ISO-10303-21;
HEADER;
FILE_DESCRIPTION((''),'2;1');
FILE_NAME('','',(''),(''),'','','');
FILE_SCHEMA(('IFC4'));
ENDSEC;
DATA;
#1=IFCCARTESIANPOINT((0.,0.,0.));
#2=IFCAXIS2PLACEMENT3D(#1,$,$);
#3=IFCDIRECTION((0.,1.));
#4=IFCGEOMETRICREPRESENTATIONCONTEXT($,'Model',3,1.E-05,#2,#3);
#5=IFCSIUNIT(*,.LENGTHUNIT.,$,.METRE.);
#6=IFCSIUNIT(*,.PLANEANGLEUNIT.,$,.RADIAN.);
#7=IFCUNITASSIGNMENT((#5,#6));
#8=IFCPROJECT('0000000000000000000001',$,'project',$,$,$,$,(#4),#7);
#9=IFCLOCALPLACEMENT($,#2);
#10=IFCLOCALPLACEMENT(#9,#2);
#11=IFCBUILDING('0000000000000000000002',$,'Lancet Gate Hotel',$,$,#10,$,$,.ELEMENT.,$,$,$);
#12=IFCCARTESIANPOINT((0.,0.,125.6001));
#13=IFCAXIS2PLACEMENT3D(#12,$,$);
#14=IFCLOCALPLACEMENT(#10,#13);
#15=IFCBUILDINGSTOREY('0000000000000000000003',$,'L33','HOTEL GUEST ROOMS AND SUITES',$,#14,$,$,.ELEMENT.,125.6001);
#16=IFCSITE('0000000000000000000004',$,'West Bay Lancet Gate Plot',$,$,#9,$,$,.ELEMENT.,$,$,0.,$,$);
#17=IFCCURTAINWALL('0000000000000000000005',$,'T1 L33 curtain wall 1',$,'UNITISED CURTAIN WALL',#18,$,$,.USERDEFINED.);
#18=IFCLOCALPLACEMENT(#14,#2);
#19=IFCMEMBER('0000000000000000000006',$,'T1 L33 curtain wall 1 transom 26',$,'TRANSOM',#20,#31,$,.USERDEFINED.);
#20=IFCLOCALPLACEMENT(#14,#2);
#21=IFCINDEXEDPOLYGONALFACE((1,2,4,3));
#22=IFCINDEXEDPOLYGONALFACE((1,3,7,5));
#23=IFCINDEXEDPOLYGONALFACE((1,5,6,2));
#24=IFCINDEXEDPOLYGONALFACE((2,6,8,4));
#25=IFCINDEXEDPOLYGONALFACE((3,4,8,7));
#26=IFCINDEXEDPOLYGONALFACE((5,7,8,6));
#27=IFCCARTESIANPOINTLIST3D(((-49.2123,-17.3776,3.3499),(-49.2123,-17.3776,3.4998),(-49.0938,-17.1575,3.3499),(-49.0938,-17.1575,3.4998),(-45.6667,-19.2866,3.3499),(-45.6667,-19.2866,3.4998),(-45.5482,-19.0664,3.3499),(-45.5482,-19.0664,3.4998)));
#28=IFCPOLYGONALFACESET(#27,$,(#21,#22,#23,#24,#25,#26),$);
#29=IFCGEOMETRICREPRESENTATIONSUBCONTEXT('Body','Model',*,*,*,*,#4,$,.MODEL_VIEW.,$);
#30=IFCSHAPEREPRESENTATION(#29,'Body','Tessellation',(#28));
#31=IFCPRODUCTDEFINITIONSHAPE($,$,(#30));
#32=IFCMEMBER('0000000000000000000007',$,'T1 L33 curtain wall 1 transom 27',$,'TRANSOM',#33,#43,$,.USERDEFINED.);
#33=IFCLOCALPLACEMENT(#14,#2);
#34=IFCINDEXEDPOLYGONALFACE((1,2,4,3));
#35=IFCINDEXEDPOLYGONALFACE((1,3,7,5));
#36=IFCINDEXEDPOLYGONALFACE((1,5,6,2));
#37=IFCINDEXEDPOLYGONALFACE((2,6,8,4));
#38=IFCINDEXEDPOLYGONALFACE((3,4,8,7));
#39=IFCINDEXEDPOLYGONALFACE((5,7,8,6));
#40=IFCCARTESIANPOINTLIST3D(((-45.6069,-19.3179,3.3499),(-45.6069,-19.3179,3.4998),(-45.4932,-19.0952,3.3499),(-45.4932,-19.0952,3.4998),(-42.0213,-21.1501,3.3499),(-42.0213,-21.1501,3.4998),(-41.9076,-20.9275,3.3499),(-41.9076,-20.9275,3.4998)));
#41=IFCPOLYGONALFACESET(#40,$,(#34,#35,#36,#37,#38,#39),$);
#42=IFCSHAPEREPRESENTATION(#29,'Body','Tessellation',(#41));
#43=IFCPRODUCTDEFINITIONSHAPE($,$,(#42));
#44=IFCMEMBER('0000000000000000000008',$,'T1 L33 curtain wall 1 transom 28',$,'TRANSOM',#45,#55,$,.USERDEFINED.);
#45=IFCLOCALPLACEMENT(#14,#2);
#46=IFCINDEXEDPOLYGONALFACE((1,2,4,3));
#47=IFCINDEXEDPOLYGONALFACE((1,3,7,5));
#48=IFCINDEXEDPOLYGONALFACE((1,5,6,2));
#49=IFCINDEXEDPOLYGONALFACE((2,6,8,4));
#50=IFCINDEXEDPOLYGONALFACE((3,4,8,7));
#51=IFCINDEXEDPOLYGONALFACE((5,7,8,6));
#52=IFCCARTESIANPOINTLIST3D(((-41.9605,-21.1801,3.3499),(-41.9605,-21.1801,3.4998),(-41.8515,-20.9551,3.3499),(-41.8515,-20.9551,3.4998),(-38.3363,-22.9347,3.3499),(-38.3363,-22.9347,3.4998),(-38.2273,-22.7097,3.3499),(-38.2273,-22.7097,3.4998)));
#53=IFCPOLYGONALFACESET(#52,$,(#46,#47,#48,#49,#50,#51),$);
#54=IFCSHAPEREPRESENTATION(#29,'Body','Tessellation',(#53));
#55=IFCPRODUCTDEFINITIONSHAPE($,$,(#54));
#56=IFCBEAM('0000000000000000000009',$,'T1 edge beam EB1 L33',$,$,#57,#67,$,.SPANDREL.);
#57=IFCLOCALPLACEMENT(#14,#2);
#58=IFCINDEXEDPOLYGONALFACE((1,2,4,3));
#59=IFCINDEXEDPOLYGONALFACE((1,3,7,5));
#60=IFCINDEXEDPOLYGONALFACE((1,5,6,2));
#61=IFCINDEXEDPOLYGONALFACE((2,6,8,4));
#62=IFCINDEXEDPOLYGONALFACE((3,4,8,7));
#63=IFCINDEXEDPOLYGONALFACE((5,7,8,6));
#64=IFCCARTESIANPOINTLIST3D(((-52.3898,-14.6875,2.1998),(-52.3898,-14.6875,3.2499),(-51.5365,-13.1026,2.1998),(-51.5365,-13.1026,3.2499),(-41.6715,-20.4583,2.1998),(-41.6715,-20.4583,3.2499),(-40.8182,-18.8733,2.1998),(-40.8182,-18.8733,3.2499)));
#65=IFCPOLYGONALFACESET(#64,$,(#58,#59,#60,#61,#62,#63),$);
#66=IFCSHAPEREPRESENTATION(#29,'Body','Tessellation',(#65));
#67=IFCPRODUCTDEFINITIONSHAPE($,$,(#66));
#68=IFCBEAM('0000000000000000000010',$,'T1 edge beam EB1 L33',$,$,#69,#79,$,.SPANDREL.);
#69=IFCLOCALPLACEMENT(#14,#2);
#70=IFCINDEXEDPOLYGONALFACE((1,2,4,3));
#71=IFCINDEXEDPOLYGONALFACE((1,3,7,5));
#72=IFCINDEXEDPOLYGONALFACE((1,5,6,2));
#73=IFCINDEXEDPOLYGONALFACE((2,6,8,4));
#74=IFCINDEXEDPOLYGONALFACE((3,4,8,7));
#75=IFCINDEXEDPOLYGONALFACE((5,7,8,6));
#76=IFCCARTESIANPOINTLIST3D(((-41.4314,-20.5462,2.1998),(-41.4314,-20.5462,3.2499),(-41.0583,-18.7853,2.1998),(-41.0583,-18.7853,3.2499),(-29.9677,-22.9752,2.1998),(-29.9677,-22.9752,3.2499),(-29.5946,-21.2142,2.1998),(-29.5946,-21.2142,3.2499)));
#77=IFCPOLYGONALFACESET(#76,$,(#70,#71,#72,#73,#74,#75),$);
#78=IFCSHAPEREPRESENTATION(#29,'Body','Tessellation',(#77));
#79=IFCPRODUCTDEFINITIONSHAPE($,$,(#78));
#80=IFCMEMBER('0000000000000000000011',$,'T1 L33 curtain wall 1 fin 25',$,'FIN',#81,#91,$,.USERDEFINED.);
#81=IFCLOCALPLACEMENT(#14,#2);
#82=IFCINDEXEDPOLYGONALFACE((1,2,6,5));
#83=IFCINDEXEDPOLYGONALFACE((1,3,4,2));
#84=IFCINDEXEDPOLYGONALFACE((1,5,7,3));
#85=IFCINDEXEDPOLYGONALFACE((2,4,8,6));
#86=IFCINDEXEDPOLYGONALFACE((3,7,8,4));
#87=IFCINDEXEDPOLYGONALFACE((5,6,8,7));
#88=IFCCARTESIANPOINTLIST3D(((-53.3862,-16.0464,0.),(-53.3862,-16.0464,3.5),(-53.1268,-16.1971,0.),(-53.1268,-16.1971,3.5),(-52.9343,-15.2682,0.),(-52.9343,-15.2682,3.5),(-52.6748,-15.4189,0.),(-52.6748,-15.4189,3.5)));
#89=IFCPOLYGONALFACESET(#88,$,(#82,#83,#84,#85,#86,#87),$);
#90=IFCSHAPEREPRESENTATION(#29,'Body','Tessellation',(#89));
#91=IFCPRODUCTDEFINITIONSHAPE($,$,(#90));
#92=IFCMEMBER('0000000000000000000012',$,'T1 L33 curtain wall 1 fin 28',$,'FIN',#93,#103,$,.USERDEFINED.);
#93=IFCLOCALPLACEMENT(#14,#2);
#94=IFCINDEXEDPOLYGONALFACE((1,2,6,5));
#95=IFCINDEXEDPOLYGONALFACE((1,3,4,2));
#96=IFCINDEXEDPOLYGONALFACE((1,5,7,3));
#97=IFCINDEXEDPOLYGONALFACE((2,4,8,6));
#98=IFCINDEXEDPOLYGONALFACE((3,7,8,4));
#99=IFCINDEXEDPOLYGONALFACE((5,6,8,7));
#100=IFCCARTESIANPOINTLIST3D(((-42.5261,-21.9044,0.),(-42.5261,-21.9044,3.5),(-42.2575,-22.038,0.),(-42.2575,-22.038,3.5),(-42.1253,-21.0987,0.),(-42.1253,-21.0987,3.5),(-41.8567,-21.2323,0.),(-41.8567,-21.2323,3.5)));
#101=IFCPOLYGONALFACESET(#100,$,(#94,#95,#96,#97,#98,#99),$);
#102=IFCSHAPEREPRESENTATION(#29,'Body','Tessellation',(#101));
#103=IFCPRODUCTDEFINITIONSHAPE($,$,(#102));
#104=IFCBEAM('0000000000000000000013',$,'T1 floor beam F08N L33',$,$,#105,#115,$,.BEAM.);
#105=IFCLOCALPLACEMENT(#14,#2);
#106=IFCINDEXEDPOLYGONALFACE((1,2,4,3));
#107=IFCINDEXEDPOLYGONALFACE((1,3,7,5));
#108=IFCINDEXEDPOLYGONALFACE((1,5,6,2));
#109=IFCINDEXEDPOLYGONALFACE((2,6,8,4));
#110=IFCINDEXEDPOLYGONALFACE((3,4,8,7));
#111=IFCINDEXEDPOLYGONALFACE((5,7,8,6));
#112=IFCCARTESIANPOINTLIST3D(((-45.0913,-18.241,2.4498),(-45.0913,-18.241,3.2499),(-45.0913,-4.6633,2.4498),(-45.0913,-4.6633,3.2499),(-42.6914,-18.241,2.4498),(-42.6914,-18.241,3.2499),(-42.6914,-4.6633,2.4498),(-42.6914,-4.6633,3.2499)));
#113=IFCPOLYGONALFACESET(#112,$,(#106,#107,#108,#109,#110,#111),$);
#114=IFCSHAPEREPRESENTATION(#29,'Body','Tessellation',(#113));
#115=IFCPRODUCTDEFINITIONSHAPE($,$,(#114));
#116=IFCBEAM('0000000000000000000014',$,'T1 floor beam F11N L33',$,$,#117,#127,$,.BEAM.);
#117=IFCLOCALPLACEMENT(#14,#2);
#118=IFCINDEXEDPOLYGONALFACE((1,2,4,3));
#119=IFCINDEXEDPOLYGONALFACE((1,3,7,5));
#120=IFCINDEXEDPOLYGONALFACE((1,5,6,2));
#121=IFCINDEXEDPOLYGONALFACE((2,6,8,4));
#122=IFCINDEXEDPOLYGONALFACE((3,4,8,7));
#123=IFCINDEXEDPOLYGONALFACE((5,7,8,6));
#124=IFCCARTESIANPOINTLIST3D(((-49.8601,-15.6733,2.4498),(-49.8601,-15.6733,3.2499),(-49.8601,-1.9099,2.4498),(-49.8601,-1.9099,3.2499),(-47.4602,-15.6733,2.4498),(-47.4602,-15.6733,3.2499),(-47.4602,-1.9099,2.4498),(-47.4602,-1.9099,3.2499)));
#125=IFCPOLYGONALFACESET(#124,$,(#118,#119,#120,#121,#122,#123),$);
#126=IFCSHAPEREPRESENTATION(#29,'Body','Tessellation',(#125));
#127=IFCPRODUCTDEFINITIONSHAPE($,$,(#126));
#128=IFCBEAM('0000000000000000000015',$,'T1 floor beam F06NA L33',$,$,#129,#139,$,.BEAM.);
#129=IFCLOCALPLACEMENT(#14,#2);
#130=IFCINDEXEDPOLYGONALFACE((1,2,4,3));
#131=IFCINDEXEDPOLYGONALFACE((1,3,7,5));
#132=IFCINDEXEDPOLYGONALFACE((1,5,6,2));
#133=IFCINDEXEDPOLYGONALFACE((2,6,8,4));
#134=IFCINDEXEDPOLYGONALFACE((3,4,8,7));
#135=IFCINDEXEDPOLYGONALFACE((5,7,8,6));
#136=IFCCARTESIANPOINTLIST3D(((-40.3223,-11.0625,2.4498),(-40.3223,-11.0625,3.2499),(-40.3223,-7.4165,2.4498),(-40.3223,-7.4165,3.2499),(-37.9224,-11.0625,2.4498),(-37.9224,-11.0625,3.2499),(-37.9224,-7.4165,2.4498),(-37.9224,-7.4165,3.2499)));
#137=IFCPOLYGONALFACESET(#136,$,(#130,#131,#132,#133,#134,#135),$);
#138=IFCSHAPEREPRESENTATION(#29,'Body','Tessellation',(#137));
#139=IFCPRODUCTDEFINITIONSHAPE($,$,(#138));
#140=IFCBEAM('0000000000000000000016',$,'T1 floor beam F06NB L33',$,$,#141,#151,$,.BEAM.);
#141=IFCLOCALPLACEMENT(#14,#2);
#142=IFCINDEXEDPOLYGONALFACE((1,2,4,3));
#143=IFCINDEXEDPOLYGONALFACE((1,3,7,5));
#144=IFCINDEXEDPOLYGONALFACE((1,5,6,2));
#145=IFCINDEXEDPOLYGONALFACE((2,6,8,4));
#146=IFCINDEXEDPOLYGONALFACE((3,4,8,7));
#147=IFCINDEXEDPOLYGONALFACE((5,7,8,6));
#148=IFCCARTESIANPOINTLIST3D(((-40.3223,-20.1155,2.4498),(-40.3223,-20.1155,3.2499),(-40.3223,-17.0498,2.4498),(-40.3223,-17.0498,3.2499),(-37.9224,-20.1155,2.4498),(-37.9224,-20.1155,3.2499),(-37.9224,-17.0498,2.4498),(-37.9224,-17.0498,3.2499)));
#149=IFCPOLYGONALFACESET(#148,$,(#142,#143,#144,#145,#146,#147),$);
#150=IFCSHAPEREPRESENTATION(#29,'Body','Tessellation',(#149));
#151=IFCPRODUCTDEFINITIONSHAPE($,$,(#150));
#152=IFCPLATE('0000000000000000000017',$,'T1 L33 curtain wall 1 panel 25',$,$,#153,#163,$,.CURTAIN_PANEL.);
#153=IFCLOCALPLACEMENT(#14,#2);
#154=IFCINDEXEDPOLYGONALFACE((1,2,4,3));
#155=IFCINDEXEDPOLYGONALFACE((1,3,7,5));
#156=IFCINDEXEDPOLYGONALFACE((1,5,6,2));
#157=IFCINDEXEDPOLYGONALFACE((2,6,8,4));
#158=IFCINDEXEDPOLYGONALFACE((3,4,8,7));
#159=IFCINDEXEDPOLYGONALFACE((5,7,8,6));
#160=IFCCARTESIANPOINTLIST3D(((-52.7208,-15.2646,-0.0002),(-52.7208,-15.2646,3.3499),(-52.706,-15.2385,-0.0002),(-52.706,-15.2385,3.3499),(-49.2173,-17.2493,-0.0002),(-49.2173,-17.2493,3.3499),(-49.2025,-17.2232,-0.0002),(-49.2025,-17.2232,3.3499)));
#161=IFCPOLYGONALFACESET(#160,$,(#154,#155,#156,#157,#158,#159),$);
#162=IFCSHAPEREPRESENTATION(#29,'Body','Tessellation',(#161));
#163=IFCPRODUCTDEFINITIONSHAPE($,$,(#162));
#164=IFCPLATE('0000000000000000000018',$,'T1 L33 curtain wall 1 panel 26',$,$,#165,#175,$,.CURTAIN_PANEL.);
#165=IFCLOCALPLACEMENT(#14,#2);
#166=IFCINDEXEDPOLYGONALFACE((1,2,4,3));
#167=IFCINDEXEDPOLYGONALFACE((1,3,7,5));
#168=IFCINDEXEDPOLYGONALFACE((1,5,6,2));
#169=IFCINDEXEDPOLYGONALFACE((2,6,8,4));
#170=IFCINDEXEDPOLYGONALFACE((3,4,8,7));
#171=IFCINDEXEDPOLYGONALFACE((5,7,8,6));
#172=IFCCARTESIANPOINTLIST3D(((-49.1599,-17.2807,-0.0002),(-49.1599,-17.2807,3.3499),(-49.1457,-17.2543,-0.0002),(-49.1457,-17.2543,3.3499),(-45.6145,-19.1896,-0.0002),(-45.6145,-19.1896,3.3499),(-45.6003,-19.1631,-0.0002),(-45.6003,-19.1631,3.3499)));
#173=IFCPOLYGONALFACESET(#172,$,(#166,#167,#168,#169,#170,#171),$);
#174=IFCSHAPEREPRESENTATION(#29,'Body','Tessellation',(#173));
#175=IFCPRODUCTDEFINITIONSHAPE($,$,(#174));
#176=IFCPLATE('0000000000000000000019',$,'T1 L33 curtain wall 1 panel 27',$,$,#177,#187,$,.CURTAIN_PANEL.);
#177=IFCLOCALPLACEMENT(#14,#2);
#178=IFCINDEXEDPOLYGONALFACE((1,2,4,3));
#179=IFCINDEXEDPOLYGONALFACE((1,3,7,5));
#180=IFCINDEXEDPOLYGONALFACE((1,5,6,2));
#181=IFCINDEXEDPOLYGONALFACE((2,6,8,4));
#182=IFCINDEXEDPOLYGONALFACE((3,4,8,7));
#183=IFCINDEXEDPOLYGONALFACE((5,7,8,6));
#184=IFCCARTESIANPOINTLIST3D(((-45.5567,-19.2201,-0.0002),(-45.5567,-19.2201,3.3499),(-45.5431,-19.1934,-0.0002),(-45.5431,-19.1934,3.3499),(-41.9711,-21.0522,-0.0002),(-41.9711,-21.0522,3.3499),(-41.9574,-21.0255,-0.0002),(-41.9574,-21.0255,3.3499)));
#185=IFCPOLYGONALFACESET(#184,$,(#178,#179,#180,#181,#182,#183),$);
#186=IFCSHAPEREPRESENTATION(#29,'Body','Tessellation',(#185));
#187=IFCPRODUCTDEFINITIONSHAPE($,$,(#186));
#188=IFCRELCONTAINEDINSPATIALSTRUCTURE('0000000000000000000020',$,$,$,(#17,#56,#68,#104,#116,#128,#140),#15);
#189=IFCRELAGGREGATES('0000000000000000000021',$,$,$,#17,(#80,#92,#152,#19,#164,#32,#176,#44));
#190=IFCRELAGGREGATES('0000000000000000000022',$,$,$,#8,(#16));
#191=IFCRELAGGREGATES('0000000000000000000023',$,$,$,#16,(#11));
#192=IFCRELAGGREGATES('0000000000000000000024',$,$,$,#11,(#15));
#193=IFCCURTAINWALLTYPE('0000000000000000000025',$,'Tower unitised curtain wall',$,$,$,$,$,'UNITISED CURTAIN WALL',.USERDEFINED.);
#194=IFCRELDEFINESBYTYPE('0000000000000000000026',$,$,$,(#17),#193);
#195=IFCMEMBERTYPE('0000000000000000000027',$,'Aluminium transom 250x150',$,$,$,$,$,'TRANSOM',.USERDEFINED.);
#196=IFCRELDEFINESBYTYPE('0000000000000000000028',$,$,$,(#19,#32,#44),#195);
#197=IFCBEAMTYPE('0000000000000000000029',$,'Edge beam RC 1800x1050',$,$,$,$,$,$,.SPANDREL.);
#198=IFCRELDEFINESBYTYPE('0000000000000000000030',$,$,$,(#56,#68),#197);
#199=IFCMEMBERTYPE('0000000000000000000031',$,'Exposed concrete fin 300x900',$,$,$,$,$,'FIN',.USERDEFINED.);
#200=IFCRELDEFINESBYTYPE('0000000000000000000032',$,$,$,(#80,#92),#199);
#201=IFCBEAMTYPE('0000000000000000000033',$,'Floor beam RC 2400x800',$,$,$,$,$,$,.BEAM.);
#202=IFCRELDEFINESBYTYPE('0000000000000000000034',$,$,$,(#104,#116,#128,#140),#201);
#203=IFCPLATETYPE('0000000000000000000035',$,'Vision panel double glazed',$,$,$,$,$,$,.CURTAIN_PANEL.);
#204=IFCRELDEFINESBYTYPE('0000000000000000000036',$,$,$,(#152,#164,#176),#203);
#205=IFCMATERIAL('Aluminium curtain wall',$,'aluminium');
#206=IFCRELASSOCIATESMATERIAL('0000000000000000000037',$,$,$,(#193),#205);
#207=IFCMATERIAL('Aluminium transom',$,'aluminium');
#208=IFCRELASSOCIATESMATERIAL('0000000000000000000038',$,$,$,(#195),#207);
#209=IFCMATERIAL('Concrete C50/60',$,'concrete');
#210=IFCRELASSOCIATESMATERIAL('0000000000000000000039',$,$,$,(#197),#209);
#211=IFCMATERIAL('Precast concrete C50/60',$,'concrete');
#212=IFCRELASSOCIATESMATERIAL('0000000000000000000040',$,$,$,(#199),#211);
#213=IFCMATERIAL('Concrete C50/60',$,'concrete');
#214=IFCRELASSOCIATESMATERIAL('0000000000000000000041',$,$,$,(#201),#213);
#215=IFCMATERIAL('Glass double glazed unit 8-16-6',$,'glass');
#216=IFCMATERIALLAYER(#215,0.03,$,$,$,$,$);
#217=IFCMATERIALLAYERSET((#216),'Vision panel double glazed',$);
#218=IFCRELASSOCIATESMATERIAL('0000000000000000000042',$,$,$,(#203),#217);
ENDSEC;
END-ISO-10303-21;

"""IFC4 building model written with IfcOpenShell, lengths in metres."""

from ifc_helpers import new_model, si_unit, direction, frame, origin, origin_2d, place, context, subcontext, project, spatial, rectangle, extrude, material, layer, layer_set, material_profile, profile_set, type_object, element, aggregate, save


model = new_model("IFC4")

# Units and contexts
model_context = context("Model", 3, precision=1e-05, world=origin(), true_north=direction((0.0, 1.0)))
body_context = subcontext(model_context, "Body", "Model", "MODEL_VIEW")
ifc_project = project(units=[si_unit("LENGTHUNIT", "METRE"), si_unit("PLANEANGLEUNIT", "RADIAN")], contexts=[model_context])

# Site, building, storey
site_placement = place(None, origin())
site = spatial("IfcSite", under=ifc_project, at=site_placement, Name="West Bay Lancet Gate Plot", CompositionType="ELEMENT", RefElevation=0.0)
building_placement = place(site_placement, origin())
building = spatial("IfcBuilding", under=site, at=building_placement, Name="Lancet Gate Hotel", CompositionType="ELEMENT")
storey_placement = place(building_placement, frame((0.0, 0.0, 125.6001)))
storey = spatial("IfcBuildingStorey", under=building, at=storey_placement, Name="L33", Description="HOTEL GUEST ROOMS AND SUITES", CompositionType="ELEMENT", Elevation=125.6001)

# Curtain wall, members
ifc_material_1 = material(Name="Aluminium curtain wall", Category="aluminium")
curtain_wall_type = type_object("IfcCurtainWallType", Name="Tower unitised curtain wall", ElementType="UNITISED CURTAIN WALL", PredefinedType="USERDEFINED", material=ifc_material_1)
curtain_wall_placement = place(storey_placement, origin())
curtain_wall = element("IfcCurtainWall", 1, at=curtain_wall_placement, inside=storey, type_object=curtain_wall_type, Name="T1 L33 curtain wall 1", ObjectType="UNITISED CURTAIN WALL", PredefinedType="USERDEFINED")
ifc_material_2 = material(Name="Aluminium transom", Category="aluminium")
ifc_material_profile_1 = material_profile(ifc_material_2, rectangle(XDim=0.25, YDim=0.1499, at=origin_2d()), Name="TRANSOM 250x150")
ifc_profile_set_1 = profile_set([ifc_material_profile_1], Name="Aluminium transom")
member_type_1 = type_object("IfcMemberType", Name="Aluminium transom 250x150", ElementType="TRANSOM", PredefinedType="USERDEFINED", material=ifc_profile_set_1)
member_1_placement = place(storey_placement, frame((-49.1531, -17.2676, 3.4248), z_axis=(0.880498, -0.474049, 0.0), x_axis=(0.474049, 0.880498, 0.0)))
member_1 = element("IfcMember", 2, at=member_1_placement, type_object=member_type_1, Name="T1 L33 curtain wall 1 transom 26", ObjectType="TRANSOM", PredefinedType="USERDEFINED", context=body_context, shape_type="SweptSolid", body=[
    extrude(rectangle(XDim=0.25, YDim=0.1499, at=origin_2d()), origin(), (0.0, 0.0, 1.0), 4.0269),
])
member_2_placement = place(storey_placement, frame((-45.55, -19.2065, 3.4248), z_axis=(0.890476, -0.45503, 0.0), x_axis=(0.45503, 0.890476, 0.0)))
member_2 = element("IfcMember", 3, at=member_2_placement, type_object=member_type_1, Name="T1 L33 curtain wall 1 transom 27", ObjectType="TRANSOM", PredefinedType="USERDEFINED", context=body_context, shape_type="SweptSolid", body=[
    extrude(rectangle(XDim=0.25, YDim=0.1499, at=origin_2d()), origin(), (0.0, 0.0, 1.0), 4.0266),
])
member_3_placement = place(storey_placement, frame((-41.906, -21.0676, 3.4248), z_axis=(0.900066, -0.435754, 0.0), x_axis=(0.435754, 0.900066, 0.0)))
member_3 = element("IfcMember", 4, at=member_3_placement, type_object=member_type_1, Name="T1 L33 curtain wall 1 transom 28", ObjectType="TRANSOM", PredefinedType="USERDEFINED", context=body_context, shape_type="SweptSolid", body=[
    extrude(rectangle(XDim=0.25, YDim=0.1499, at=origin_2d()), origin(), (0.0, 0.0, 1.0), 4.0266),
])

# Beams
ifc_material_3 = material(Name="Concrete C50/60", Category="concrete")
ifc_material_profile_2 = material_profile(ifc_material_3, rectangle(XDim=1.8, YDim=1.05, at=origin_2d()), Name="RC 1800x1050")
ifc_profile_set_2 = profile_set([ifc_material_profile_2], Name="Concrete C50/60")
beam_type_1 = type_object("IfcBeamType", Name="Edge beam RC 1800x1050", PredefinedType="SPANDREL", material=ifc_profile_set_2)
beam_1_placement = place(storey_placement, frame((-51.9631, -13.895, 2.7249), z_axis=(0.880492, -0.47406, 0.0), x_axis=(0.47406, 0.880492, 0.0)))
element("IfcBeam", 5, at=beam_1_placement, inside=storey, type_object=beam_type_1, Name="T1 edge beam EB1 L33", PredefinedType="SPANDREL", context=body_context, shape_type="SweptSolid", body=[
    extrude(rectangle(XDim=1.8, YDim=1.05, at=origin_2d()), origin(), (0.0, 0.0, 1.0), 12.1731),
])
beam_2_placement = place(storey_placement, frame((-41.2449, -19.6658, 2.7249), z_axis=(0.978282, -0.207278, 0.0), x_axis=(0.207278, 0.978282, 0.0)))
element("IfcBeam", 6, at=beam_2_placement, inside=storey, type_object=beam_type_1, Name="T1 edge beam EB1 L33", PredefinedType="SPANDREL", context=body_context, shape_type="SweptSolid", body=[
    extrude(rectangle(XDim=1.8, YDim=1.05, at=origin_2d()), origin(), (0.0, 0.0, 1.0), 11.7183),
])

# Members
ifc_material_4 = material(Name="Precast concrete C50/60", Category="concrete")
ifc_material_profile_3 = material_profile(ifc_material_4, rectangle(XDim=0.3, YDim=0.8999, at=origin_2d()), Name="FIN 300x900")
ifc_profile_set_3 = profile_set([ifc_material_profile_3], Name="Precast concrete C50/60")
member_type_2 = type_object("IfcMemberType", Name="Exposed concrete fin 300x900", ElementType="FIN", PredefinedType="USERDEFINED", material=ifc_profile_set_3)
member_4_placement = place(storey_placement, frame((-53.0305, -15.7327, 0.0), z_axis=(0.0, 0.0, 1.0), x_axis=(0.864728, -0.502241, 0.0)))
member_4 = element("IfcMember", 7, at=member_4_placement, type_object=member_type_2, Name="T1 L33 curtain wall 1 fin 25", ObjectType="FIN", PredefinedType="USERDEFINED", context=body_context, shape_type="SweptSolid", body=[
    extrude(rectangle(XDim=0.3, YDim=0.8999, at=origin_2d()), origin(), (0.0, 0.0, 1.0), 3.5),
])
member_5_placement = place(storey_placement, frame((-42.1914, -21.5684, 0.0), z_axis=(0.0, 0.0, 1.0), x_axis=(0.895339, -0.445384, 0.0)))
member_5 = element("IfcMember", 8, at=member_5_placement, type_object=member_type_2, Name="T1 L33 curtain wall 1 fin 28", ObjectType="FIN", PredefinedType="USERDEFINED", context=body_context, shape_type="SweptSolid", body=[
    extrude(rectangle(XDim=0.3, YDim=0.8999, at=origin_2d()), origin(), (0.0, 0.0, 1.0), 3.5),
])

# Beams
ifc_material_5 = material(Name="Concrete C50/60", Category="concrete")
ifc_material_profile_4 = material_profile(ifc_material_5, rectangle(XDim=2.3999, YDim=0.8, at=origin_2d()), Name="RC 2400x800")
ifc_profile_set_4 = profile_set([ifc_material_profile_4], Name="Concrete C50/60")
beam_type_2 = type_object("IfcBeamType", Name="Floor beam RC 2400x800", PredefinedType="BEAM", material=ifc_profile_set_4)
beam_3_placement = place(storey_placement, frame((-43.8914, -4.6633, 2.8499), z_axis=(0.0, -1.0, 0.0), x_axis=(1.0, 0.0, 0.0)))
element("IfcBeam", 9, at=beam_3_placement, inside=storey, type_object=beam_type_2, Name="T1 floor beam F08N L33", PredefinedType="BEAM", context=body_context, shape_type="SweptSolid", body=[
    extrude(rectangle(XDim=2.3999, YDim=0.8, at=origin_2d()), origin(), (0.0, 0.0, 1.0), 13.5776),
])
beam_4_placement = place(storey_placement, frame((-48.6602, -1.9099, 2.8499), z_axis=(0.0, -1.0, 0.0), x_axis=(1.0, 0.0, 0.0)))
element("IfcBeam", 10, at=beam_4_placement, inside=storey, type_object=beam_type_2, Name="T1 floor beam F11N L33", PredefinedType="BEAM", context=body_context, shape_type="SweptSolid", body=[
    extrude(rectangle(XDim=2.3999, YDim=0.8, at=origin_2d()), origin(), (0.0, 0.0, 1.0), 13.7634),
])
beam_5_placement = place(storey_placement, frame((-39.1223, -7.4165, 2.8499), z_axis=(0.0, -1.0, 0.0), x_axis=(1.0, 0.0, 0.0)))
element("IfcBeam", 11, at=beam_5_placement, inside=storey, type_object=beam_type_2, Name="T1 floor beam F06NA L33", PredefinedType="BEAM", context=body_context, shape_type="SweptSolid", body=[
    extrude(rectangle(XDim=2.3999, YDim=0.8, at=origin_2d()), origin(), (0.0, 0.0, 1.0), 3.646),
])
beam_6_placement = place(storey_placement, frame((-39.1223, -17.0498, 2.8499), z_axis=(0.0, -1.0, 0.0), x_axis=(1.0, 0.0, 0.0)))
element("IfcBeam", 12, at=beam_6_placement, inside=storey, type_object=beam_type_2, Name="T1 floor beam F06NB L33", PredefinedType="BEAM", context=body_context, shape_type="SweptSolid", body=[
    extrude(rectangle(XDim=2.3999, YDim=0.8, at=origin_2d()), origin(), (0.0, 0.0, 1.0), 3.0657),
])

# Plates
ifc_material_6 = material(Name="Glass double glazed unit 8-16-6", Category="glass")
ifc_layer_1 = layer(ifc_material_6, 0.03)
ifc_layer_set_1 = layer_set([ifc_layer_1], Name="Vision panel double glazed")
plate_type = type_object("IfcPlateType", Name="Vision panel double glazed", PredefinedType="CURTAIN_PANEL", material=ifc_layer_set_1)
plate_1_placement = place(storey_placement, frame((-50.9617, -16.2439, -0.0002), z_axis=(0.0, 0.0, 1.0), x_axis=(0.870084, -0.492904, 0.0)))
plate_1 = element("IfcPlate", 13, at=plate_1_placement, type_object=plate_type, Name="T1 L33 curtain wall 1 panel 25", PredefinedType="CURTAIN_PANEL", context=body_context, shape_type="SweptSolid", body=[
    extrude(rectangle(XDim=4.0266, YDim=0.03, at=origin_2d()), origin(), (0.0, 0.0, 1.0), 3.3501),
])
plate_2_placement = place(storey_placement, frame((-47.3801, -18.2219, -0.0002), z_axis=(0.0, 0.0, 1.0), x_axis=(0.880493, -0.47406, 0.0)))
plate_2 = element("IfcPlate", 14, at=plate_2_placement, type_object=plate_type, Name="T1 L33 curtain wall 1 panel 26", PredefinedType="CURTAIN_PANEL", context=body_context, shape_type="SweptSolid", body=[
    extrude(rectangle(XDim=4.0266, YDim=0.03, at=origin_2d()), origin(), (0.0, 0.0, 1.0), 3.3501),
])
plate_3_placement = place(storey_placement, frame((-43.7571, -20.1228, -0.0002), z_axis=(0.0, 0.0, 1.0), x_axis=(0.890493, -0.454996, 0.0)))
plate_3 = element("IfcPlate", 15, at=plate_3_placement, type_object=plate_type, Name="T1 L33 curtain wall 1 panel 27", PredefinedType="CURTAIN_PANEL", context=body_context, shape_type="SweptSolid", body=[
    extrude(rectangle(XDim=4.0266, YDim=0.03, at=origin_2d()), origin(), (0.0, 0.0, 1.0), 3.3501),
])
aggregate(curtain_wall, [member_4, member_5, plate_1, member_1, plate_2, member_2, plate_3, member_3])

save(model, "model.ifc")
